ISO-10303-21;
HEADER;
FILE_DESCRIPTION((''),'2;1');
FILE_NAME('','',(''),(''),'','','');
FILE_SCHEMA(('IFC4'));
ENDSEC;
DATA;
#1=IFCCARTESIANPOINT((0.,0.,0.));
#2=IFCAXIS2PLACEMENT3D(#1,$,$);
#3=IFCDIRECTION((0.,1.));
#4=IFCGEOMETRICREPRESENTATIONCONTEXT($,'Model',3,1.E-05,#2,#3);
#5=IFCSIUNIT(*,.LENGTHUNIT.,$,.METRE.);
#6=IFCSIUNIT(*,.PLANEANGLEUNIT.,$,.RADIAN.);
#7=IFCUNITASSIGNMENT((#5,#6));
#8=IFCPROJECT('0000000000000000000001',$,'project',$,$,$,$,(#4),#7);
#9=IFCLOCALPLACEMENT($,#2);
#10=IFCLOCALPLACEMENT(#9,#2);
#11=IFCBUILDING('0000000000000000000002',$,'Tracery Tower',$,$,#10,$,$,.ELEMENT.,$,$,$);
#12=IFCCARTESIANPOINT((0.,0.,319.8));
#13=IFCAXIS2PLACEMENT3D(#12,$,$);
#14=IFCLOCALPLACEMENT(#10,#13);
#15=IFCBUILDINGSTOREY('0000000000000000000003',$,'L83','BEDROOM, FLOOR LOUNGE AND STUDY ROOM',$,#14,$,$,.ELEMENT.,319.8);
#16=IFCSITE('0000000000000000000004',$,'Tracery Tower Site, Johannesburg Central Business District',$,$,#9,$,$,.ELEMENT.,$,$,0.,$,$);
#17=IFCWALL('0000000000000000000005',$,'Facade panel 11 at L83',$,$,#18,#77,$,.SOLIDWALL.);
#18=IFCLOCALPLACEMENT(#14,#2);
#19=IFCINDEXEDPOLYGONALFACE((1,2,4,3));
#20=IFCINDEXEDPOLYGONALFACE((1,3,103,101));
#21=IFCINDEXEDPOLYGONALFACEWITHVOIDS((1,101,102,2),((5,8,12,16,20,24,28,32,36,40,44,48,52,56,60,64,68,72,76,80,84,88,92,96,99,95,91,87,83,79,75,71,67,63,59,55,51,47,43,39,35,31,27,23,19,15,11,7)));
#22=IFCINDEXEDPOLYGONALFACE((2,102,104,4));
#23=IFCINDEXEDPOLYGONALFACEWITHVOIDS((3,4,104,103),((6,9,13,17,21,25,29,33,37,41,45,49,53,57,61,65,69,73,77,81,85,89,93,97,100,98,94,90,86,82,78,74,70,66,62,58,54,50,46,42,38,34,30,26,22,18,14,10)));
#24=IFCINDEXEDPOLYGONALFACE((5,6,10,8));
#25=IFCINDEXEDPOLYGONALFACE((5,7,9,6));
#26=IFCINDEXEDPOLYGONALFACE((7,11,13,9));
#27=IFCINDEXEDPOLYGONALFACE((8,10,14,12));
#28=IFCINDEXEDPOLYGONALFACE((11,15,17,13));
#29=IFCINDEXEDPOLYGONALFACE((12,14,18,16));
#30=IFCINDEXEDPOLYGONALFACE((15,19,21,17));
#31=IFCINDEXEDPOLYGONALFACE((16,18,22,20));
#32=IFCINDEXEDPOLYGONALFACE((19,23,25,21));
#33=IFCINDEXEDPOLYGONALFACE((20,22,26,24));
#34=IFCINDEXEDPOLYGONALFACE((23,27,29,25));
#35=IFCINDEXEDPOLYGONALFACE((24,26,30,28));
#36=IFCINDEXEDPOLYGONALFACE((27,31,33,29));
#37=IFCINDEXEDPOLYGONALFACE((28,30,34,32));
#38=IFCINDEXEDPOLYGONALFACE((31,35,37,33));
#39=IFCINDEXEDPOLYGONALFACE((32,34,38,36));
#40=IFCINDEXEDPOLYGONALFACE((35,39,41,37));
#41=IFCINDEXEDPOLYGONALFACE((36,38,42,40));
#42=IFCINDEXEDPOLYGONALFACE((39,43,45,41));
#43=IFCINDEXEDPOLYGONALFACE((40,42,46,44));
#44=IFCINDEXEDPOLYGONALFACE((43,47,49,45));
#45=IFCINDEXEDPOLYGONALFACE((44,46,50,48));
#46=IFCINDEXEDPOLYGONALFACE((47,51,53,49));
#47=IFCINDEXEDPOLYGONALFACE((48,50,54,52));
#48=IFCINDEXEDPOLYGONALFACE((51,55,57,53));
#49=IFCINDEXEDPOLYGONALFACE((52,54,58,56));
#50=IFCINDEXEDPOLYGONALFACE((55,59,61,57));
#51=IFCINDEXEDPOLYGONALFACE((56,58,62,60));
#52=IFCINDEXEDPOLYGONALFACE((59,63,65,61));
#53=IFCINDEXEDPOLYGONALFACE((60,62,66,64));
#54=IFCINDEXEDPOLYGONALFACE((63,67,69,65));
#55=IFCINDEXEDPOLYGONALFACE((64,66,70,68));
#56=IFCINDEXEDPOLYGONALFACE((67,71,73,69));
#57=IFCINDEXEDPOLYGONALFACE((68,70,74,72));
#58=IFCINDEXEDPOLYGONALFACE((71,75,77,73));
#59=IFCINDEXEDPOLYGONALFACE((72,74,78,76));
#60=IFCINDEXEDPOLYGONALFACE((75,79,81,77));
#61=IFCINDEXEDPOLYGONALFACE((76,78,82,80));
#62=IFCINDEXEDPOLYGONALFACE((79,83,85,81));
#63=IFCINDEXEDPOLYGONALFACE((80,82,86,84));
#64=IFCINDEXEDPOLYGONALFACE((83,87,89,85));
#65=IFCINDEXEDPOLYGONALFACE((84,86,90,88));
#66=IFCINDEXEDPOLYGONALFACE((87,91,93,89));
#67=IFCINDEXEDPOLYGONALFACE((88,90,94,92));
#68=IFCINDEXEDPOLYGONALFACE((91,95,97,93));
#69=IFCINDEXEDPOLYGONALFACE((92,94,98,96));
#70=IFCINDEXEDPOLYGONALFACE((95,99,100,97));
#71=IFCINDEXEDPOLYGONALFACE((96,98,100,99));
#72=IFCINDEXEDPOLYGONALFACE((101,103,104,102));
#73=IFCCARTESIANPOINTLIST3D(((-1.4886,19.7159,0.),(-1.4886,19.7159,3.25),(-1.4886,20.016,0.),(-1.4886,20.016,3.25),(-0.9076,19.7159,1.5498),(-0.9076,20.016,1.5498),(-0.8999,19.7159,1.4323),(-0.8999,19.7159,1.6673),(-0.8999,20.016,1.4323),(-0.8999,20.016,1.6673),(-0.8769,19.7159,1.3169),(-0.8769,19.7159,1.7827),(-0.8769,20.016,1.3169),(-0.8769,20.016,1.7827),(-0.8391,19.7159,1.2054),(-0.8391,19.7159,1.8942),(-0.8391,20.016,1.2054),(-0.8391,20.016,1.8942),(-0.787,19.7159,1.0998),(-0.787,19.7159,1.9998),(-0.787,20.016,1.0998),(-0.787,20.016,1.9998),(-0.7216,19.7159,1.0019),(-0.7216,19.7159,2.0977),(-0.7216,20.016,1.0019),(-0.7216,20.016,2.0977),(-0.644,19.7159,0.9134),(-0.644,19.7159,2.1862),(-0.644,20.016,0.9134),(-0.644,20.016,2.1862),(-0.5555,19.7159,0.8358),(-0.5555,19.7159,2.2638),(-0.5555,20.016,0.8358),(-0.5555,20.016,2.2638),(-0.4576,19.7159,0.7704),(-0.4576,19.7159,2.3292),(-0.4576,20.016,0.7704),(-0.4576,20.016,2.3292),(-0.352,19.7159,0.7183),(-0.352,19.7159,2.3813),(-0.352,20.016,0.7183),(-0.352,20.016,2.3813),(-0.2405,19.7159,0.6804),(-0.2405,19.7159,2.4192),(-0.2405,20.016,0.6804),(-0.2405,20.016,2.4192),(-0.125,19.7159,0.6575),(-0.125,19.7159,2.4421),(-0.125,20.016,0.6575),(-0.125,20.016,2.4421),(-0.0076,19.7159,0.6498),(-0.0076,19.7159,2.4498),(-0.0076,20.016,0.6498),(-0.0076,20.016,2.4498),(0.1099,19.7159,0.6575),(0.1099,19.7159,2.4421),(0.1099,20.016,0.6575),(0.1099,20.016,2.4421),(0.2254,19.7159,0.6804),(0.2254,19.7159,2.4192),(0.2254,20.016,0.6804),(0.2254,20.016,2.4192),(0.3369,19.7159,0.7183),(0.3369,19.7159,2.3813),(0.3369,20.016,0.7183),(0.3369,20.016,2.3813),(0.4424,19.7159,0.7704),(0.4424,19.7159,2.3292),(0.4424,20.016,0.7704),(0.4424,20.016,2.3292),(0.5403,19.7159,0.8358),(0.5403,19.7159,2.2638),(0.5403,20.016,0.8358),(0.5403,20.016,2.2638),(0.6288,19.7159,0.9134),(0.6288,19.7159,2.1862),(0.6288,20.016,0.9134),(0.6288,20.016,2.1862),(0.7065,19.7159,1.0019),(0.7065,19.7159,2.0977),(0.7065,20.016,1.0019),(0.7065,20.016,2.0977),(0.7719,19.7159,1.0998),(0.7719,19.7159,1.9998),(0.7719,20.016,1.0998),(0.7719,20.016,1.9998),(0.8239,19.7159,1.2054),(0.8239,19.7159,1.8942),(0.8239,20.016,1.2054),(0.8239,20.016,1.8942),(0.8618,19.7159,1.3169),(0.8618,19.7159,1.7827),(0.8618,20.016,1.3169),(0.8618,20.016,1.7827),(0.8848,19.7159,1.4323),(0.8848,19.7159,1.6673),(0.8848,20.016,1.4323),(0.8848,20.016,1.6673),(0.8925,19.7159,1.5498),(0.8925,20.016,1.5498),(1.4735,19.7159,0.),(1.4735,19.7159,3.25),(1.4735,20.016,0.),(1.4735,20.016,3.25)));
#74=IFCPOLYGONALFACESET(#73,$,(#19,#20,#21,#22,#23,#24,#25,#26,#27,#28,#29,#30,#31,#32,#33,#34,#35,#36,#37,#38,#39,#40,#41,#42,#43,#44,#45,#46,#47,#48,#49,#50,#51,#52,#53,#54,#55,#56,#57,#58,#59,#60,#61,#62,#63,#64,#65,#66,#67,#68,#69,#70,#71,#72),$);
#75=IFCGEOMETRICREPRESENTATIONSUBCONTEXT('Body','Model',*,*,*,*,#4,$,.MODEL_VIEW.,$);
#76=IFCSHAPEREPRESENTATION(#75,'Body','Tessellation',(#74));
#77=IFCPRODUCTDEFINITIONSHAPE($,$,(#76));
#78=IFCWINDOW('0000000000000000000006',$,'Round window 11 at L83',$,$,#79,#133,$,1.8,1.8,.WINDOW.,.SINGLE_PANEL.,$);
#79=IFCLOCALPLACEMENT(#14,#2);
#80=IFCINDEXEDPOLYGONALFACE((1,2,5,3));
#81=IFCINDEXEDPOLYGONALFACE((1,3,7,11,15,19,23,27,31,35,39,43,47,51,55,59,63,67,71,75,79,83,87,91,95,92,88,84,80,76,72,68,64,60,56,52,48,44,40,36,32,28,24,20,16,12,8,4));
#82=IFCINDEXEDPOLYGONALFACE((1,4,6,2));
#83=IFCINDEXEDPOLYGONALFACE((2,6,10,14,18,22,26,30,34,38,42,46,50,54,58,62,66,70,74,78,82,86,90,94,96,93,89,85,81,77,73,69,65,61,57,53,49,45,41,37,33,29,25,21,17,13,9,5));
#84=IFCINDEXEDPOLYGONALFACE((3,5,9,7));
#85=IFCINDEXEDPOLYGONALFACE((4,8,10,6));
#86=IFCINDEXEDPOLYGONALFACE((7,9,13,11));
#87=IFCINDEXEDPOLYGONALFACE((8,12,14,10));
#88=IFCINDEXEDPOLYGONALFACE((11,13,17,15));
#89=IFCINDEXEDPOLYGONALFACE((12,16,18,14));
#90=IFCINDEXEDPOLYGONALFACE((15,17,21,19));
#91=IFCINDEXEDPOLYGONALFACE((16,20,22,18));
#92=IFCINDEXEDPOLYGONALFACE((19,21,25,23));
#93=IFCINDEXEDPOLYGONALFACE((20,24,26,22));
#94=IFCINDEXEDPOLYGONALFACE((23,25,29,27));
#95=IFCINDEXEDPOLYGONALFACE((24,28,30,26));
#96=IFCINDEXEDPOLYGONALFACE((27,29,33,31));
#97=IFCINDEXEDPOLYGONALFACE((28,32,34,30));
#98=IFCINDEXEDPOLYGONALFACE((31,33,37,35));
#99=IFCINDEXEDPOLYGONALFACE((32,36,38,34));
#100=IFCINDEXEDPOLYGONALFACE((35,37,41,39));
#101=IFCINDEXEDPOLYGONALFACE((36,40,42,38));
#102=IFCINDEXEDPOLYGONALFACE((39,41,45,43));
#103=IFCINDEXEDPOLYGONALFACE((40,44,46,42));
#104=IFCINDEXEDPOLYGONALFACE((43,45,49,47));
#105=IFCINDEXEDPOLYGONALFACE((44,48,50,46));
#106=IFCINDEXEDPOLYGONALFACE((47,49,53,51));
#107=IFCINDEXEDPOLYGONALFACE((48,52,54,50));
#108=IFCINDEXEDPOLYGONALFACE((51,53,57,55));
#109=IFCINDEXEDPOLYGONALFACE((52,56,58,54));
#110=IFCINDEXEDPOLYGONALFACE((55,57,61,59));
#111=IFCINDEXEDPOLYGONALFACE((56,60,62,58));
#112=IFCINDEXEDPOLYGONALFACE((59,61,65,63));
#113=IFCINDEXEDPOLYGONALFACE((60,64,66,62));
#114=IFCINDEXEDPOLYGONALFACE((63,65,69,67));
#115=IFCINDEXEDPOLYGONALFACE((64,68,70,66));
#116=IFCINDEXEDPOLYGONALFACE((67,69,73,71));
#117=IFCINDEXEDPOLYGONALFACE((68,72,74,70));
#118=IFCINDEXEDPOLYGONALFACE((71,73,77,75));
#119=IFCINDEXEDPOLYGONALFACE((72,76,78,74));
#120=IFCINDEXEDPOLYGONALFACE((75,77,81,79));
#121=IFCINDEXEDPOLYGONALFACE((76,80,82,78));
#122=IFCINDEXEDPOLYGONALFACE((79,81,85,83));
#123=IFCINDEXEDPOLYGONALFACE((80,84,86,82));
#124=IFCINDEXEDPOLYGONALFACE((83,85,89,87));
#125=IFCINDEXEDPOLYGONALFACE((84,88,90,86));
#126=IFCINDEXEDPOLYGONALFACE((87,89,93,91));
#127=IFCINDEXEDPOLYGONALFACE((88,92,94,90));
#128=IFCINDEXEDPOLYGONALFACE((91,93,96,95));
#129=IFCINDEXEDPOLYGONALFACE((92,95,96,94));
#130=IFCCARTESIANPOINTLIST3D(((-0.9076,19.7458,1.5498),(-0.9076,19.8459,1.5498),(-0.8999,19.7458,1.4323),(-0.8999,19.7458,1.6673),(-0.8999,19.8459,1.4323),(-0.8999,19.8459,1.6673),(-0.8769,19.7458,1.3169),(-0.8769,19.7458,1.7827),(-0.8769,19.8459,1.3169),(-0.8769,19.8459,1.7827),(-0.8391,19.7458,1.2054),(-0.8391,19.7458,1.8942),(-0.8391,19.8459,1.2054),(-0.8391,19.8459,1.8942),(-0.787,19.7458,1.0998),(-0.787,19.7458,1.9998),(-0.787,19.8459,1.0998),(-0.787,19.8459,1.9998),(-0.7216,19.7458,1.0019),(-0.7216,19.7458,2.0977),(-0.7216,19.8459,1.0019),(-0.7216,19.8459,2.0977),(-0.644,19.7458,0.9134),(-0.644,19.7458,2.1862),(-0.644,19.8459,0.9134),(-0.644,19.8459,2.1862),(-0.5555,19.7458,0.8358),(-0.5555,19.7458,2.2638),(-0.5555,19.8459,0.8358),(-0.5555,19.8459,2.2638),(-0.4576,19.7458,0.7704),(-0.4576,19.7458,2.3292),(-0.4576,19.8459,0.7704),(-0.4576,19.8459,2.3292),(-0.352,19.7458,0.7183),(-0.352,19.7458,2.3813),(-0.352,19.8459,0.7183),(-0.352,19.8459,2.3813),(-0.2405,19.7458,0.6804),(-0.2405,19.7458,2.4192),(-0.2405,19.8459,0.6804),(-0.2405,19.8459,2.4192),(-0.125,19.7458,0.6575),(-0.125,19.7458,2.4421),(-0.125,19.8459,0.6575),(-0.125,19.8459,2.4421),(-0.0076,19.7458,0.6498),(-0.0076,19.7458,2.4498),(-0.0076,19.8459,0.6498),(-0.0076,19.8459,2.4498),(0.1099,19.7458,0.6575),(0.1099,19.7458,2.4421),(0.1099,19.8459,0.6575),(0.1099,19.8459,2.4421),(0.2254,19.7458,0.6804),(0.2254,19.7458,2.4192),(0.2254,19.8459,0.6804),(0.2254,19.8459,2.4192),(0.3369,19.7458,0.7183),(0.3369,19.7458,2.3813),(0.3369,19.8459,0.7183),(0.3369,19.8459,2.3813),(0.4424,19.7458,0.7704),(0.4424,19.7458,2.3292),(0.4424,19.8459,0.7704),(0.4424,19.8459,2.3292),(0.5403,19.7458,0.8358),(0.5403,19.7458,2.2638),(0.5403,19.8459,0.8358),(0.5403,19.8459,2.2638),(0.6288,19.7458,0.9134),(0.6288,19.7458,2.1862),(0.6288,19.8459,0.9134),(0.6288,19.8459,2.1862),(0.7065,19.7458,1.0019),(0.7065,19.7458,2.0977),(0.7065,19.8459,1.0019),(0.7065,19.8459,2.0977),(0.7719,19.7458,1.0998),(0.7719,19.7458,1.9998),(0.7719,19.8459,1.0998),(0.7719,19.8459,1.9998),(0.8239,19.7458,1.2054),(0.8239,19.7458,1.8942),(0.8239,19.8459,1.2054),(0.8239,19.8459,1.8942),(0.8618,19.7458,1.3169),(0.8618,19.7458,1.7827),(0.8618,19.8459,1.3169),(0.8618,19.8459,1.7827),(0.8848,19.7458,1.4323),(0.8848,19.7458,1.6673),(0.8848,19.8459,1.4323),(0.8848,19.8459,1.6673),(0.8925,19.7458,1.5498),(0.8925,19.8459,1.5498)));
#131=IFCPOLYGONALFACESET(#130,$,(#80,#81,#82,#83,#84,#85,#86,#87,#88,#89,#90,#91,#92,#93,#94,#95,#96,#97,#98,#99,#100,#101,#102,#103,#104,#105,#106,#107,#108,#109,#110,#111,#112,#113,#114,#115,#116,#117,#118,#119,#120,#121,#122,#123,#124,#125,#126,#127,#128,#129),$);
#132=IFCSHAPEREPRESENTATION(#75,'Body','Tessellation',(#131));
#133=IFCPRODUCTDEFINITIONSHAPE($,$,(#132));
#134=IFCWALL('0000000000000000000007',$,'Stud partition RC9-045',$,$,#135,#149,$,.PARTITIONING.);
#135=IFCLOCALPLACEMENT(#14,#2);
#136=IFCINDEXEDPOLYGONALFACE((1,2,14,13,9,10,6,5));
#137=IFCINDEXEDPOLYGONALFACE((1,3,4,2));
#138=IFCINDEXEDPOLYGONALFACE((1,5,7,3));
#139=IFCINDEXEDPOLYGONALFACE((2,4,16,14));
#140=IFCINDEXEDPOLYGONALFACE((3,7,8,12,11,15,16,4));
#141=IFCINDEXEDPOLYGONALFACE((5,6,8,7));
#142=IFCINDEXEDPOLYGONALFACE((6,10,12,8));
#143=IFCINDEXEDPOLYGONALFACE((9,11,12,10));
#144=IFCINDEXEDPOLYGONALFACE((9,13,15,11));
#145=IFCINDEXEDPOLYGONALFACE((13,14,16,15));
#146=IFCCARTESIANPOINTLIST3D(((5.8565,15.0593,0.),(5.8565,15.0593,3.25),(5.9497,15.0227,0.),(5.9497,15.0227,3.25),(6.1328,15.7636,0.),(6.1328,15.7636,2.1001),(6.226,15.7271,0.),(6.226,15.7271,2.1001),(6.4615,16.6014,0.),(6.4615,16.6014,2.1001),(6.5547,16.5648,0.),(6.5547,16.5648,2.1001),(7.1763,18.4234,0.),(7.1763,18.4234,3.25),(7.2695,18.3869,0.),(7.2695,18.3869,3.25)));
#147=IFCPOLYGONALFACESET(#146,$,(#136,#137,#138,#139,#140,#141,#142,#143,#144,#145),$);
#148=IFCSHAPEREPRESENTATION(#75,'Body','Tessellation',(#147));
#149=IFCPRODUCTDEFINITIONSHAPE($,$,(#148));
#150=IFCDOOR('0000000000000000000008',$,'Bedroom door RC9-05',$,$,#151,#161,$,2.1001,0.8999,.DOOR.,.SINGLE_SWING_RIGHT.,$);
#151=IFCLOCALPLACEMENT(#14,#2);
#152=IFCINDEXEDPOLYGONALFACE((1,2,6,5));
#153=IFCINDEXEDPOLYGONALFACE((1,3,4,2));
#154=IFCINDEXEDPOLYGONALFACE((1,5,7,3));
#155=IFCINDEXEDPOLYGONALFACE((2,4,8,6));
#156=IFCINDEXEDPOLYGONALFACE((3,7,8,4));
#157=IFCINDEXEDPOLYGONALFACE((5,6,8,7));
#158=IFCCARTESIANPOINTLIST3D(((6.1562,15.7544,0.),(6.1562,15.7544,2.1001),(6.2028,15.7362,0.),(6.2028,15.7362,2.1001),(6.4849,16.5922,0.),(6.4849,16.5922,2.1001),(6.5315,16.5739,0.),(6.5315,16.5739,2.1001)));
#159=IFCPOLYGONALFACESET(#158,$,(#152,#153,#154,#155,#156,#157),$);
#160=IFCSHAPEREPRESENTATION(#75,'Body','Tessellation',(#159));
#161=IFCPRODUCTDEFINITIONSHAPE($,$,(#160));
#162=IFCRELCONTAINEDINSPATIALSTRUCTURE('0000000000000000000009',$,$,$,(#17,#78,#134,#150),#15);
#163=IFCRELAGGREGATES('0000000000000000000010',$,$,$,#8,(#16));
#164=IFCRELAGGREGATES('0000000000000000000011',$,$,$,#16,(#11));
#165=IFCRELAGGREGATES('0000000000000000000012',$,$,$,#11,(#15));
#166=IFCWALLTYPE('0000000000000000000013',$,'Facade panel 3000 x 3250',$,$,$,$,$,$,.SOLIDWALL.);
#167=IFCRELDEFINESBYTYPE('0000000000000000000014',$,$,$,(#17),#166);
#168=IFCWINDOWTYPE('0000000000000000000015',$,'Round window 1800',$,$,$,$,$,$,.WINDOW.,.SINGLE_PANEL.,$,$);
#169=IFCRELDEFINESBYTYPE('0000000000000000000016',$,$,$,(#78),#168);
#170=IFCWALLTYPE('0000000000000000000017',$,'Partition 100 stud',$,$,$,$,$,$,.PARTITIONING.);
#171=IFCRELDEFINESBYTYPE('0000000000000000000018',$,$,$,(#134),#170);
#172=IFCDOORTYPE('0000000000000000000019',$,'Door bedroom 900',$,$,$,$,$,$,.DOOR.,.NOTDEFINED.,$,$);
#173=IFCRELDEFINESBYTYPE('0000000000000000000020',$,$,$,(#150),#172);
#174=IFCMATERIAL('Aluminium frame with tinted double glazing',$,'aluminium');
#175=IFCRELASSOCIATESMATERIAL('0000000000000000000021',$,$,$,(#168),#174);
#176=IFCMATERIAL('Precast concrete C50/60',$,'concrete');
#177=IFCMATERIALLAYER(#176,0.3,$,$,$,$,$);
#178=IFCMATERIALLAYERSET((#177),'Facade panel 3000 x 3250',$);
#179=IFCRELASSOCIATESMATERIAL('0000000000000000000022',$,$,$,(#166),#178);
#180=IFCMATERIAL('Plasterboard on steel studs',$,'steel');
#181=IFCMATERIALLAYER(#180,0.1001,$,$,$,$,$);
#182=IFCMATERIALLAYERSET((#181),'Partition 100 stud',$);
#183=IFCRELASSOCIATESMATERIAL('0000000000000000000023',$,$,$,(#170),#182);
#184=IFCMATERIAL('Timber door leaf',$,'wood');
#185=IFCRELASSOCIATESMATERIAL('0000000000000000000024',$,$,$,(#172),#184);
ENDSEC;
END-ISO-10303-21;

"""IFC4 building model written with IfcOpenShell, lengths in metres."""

from ifc_helpers import new_model, si_unit, direction, frame, frame_2d, origin, origin_2d, place, context, subcontext, project, spatial, rectangle, circle, extrude, material, layer, layer_set, type_object, element, fill, save


model = new_model("IFC4")

# Units and contexts
model_context = context("Model", 3, precision=1e-05, world=origin(), true_north=direction((0.0, 1.0)))
body_context = subcontext(model_context, "Body", "Model", "MODEL_VIEW")
ifc_project = project(units=[si_unit("LENGTHUNIT", "METRE"), si_unit("PLANEANGLEUNIT", "RADIAN")], contexts=[model_context])

# Site, building, storey
site_placement = place(None, origin())
site = spatial("IfcSite", under=ifc_project, at=site_placement, Name="Tracery Tower Site, Johannesburg Central Business District", CompositionType="ELEMENT", RefElevation=0.0)
building_placement = place(site_placement, origin())
building = spatial("IfcBuilding", under=site, at=building_placement, Name="Tracery Tower", CompositionType="ELEMENT")
storey_placement = place(building_placement, frame((0.0, 0.0, 319.8)))
storey = spatial("IfcBuildingStorey", under=building, at=storey_placement, Name="L83", Description="BEDROOM, FLOOR LOUNGE AND STUDY ROOM", CompositionType="ELEMENT", Elevation=319.8)

# Wall, opening, window
ifc_material_1 = material(Name="Aluminium frame with tinted double glazing", Category="aluminium")
window_type = type_object("IfcWindowType", Name="Round window 1800", PartitioningType="SINGLE_PANEL", PredefinedType="WINDOW", material=ifc_material_1)
ifc_material_2 = material(Name="Precast concrete C50/60", Category="concrete")
ifc_layer_1 = layer(ifc_material_2, 0.3)
ifc_layer_set_1 = layer_set([ifc_layer_1], Name="Facade panel 3000 x 3250")
wall_type_1 = type_object("IfcWallType", Name="Facade panel 3000 x 3250", PredefinedType="SOLIDWALL", material=ifc_layer_set_1)
wall_1_placement = place(storey_placement, frame((1.4734, 19.866, 0.0), z_axis=(0.0, 0.0, 1.0), x_axis=(-1.0, 0.0, 0.0)))
wall_1 = element("IfcWall", 1, at=wall_1_placement, inside=storey, type_object=wall_type_1, Name="Facade panel 11 at L83", PredefinedType="SOLIDWALL", context=body_context, shape_type="SweptSolid", body=[
    extrude(rectangle(XDim=2.9622, YDim=0.3, at=frame_2d((1.481, 0.0))), origin(), (0.0, 0.0, 1.0), 3.25),
])
opening_1_placement = place(wall_1_placement, frame((1.481, 0.0, 1.5498)))
opening_1 = element("IfcOpeningElement", 2, at=opening_1_placement, cuts=wall_1, PredefinedType="OPENING", context=body_context, shape_type="SweptSolid", body=[
    extrude(circle(Radius=0.9, at=origin_2d()), frame((0.0, 0.1599, 0.0), z_axis=(0.0, -1.0, 0.0), x_axis=(1.0, 0.0, 0.0)), (0.0, 0.0, 1.0), 0.3201),
])
window_1_placement = place(opening_1_placement, origin())
window_1 = element("IfcWindow", 3, at=window_1_placement, inside=storey, type_object=window_type, Name="Round window 11 at L83", OverallHeight=1.8, OverallWidth=1.8, PartitioningType="SINGLE_PANEL", PredefinedType="WINDOW", context=body_context, shape_type="SweptSolid", body=[
    extrude(circle(Radius=0.9, at=origin_2d()), frame((0.0, 0.1201, 0.0), z_axis=(0.0, -1.0, 0.0), x_axis=(1.0, 0.0, 0.0)), (0.0, 0.0, 1.0), 0.1001),
])
fill(opening_1, window_1)

# Wall, opening, door
ifc_material_3 = material(Name="Plasterboard on steel studs", Category="steel")
ifc_layer_2 = layer(ifc_material_3, 0.1001)
ifc_layer_set_2 = layer_set([ifc_layer_2], Name="Partition 100 stud")
wall_type_2 = type_object("IfcWallType", Name="Partition 100 stud", PredefinedType="PARTITIONING", material=ifc_layer_set_2)
wall_2_placement = place(storey_placement, frame((5.9031, 15.041, 0.0), z_axis=(0.0, 0.0, 1.0), x_axis=(0.365232, 0.930916, 0.0)))
wall_2 = element("IfcWall", 4, at=wall_2_placement, inside=storey, type_object=wall_type_2, Name="Stud partition RC9-045", PredefinedType="PARTITIONING", context=body_context, shape_type="SweptSolid", body=[
    extrude(rectangle(XDim=3.6138, YDim=0.1001, at=frame_2d((1.8069, 0.0))), origin(), (0.0, 0.0, 1.0), 3.25),
])
opening_2_placement = place(wall_2_placement, frame((0.7566, 0.0, 0.0)))
opening_2 = element("IfcOpeningElement", 5, at=opening_2_placement, cuts=wall_2, PredefinedType="OPENING", context=body_context, shape_type="SweptSolid", body=[
    extrude(rectangle(XDim=0.8999, YDim=2.1001, at=frame_2d((0.45, 1.05))), frame((0.0, 0.05, 0.0), z_axis=(0.0, -1.0, 0.0), x_axis=(1.0, 0.0, 0.0)), (0.0, 0.0, 1.0), 0.1001),
])
ifc_material_4 = material(Name="Timber door leaf", Category="wood")
door_type_1 = type_object("IfcDoorType", Name="Door bedroom 900", OperationType="NOTDEFINED", PredefinedType="DOOR", material=ifc_material_4)
door_1_placement = place(opening_2_placement, origin())
door_1 = element("IfcDoor", 6, at=door_1_placement, inside=storey, type_object=door_type_1, Name="Bedroom door RC9-05", OperationType="SINGLE_SWING_RIGHT", OverallHeight=2.1001, OverallWidth=0.8999, PredefinedType="DOOR", context=body_context, shape_type="SweptSolid", body=[
    extrude(rectangle(XDim=0.8999, YDim=2.1001, at=frame_2d((0.45, 1.05))), frame((0.0, 0.0249, 0.0), z_axis=(0.0, -1.0, 0.0), x_axis=(1.0, 0.0, 0.0)), (0.0, 0.0, 1.0), 0.05),
])
fill(opening_2, door_1)

save(model, "model.ifc")
